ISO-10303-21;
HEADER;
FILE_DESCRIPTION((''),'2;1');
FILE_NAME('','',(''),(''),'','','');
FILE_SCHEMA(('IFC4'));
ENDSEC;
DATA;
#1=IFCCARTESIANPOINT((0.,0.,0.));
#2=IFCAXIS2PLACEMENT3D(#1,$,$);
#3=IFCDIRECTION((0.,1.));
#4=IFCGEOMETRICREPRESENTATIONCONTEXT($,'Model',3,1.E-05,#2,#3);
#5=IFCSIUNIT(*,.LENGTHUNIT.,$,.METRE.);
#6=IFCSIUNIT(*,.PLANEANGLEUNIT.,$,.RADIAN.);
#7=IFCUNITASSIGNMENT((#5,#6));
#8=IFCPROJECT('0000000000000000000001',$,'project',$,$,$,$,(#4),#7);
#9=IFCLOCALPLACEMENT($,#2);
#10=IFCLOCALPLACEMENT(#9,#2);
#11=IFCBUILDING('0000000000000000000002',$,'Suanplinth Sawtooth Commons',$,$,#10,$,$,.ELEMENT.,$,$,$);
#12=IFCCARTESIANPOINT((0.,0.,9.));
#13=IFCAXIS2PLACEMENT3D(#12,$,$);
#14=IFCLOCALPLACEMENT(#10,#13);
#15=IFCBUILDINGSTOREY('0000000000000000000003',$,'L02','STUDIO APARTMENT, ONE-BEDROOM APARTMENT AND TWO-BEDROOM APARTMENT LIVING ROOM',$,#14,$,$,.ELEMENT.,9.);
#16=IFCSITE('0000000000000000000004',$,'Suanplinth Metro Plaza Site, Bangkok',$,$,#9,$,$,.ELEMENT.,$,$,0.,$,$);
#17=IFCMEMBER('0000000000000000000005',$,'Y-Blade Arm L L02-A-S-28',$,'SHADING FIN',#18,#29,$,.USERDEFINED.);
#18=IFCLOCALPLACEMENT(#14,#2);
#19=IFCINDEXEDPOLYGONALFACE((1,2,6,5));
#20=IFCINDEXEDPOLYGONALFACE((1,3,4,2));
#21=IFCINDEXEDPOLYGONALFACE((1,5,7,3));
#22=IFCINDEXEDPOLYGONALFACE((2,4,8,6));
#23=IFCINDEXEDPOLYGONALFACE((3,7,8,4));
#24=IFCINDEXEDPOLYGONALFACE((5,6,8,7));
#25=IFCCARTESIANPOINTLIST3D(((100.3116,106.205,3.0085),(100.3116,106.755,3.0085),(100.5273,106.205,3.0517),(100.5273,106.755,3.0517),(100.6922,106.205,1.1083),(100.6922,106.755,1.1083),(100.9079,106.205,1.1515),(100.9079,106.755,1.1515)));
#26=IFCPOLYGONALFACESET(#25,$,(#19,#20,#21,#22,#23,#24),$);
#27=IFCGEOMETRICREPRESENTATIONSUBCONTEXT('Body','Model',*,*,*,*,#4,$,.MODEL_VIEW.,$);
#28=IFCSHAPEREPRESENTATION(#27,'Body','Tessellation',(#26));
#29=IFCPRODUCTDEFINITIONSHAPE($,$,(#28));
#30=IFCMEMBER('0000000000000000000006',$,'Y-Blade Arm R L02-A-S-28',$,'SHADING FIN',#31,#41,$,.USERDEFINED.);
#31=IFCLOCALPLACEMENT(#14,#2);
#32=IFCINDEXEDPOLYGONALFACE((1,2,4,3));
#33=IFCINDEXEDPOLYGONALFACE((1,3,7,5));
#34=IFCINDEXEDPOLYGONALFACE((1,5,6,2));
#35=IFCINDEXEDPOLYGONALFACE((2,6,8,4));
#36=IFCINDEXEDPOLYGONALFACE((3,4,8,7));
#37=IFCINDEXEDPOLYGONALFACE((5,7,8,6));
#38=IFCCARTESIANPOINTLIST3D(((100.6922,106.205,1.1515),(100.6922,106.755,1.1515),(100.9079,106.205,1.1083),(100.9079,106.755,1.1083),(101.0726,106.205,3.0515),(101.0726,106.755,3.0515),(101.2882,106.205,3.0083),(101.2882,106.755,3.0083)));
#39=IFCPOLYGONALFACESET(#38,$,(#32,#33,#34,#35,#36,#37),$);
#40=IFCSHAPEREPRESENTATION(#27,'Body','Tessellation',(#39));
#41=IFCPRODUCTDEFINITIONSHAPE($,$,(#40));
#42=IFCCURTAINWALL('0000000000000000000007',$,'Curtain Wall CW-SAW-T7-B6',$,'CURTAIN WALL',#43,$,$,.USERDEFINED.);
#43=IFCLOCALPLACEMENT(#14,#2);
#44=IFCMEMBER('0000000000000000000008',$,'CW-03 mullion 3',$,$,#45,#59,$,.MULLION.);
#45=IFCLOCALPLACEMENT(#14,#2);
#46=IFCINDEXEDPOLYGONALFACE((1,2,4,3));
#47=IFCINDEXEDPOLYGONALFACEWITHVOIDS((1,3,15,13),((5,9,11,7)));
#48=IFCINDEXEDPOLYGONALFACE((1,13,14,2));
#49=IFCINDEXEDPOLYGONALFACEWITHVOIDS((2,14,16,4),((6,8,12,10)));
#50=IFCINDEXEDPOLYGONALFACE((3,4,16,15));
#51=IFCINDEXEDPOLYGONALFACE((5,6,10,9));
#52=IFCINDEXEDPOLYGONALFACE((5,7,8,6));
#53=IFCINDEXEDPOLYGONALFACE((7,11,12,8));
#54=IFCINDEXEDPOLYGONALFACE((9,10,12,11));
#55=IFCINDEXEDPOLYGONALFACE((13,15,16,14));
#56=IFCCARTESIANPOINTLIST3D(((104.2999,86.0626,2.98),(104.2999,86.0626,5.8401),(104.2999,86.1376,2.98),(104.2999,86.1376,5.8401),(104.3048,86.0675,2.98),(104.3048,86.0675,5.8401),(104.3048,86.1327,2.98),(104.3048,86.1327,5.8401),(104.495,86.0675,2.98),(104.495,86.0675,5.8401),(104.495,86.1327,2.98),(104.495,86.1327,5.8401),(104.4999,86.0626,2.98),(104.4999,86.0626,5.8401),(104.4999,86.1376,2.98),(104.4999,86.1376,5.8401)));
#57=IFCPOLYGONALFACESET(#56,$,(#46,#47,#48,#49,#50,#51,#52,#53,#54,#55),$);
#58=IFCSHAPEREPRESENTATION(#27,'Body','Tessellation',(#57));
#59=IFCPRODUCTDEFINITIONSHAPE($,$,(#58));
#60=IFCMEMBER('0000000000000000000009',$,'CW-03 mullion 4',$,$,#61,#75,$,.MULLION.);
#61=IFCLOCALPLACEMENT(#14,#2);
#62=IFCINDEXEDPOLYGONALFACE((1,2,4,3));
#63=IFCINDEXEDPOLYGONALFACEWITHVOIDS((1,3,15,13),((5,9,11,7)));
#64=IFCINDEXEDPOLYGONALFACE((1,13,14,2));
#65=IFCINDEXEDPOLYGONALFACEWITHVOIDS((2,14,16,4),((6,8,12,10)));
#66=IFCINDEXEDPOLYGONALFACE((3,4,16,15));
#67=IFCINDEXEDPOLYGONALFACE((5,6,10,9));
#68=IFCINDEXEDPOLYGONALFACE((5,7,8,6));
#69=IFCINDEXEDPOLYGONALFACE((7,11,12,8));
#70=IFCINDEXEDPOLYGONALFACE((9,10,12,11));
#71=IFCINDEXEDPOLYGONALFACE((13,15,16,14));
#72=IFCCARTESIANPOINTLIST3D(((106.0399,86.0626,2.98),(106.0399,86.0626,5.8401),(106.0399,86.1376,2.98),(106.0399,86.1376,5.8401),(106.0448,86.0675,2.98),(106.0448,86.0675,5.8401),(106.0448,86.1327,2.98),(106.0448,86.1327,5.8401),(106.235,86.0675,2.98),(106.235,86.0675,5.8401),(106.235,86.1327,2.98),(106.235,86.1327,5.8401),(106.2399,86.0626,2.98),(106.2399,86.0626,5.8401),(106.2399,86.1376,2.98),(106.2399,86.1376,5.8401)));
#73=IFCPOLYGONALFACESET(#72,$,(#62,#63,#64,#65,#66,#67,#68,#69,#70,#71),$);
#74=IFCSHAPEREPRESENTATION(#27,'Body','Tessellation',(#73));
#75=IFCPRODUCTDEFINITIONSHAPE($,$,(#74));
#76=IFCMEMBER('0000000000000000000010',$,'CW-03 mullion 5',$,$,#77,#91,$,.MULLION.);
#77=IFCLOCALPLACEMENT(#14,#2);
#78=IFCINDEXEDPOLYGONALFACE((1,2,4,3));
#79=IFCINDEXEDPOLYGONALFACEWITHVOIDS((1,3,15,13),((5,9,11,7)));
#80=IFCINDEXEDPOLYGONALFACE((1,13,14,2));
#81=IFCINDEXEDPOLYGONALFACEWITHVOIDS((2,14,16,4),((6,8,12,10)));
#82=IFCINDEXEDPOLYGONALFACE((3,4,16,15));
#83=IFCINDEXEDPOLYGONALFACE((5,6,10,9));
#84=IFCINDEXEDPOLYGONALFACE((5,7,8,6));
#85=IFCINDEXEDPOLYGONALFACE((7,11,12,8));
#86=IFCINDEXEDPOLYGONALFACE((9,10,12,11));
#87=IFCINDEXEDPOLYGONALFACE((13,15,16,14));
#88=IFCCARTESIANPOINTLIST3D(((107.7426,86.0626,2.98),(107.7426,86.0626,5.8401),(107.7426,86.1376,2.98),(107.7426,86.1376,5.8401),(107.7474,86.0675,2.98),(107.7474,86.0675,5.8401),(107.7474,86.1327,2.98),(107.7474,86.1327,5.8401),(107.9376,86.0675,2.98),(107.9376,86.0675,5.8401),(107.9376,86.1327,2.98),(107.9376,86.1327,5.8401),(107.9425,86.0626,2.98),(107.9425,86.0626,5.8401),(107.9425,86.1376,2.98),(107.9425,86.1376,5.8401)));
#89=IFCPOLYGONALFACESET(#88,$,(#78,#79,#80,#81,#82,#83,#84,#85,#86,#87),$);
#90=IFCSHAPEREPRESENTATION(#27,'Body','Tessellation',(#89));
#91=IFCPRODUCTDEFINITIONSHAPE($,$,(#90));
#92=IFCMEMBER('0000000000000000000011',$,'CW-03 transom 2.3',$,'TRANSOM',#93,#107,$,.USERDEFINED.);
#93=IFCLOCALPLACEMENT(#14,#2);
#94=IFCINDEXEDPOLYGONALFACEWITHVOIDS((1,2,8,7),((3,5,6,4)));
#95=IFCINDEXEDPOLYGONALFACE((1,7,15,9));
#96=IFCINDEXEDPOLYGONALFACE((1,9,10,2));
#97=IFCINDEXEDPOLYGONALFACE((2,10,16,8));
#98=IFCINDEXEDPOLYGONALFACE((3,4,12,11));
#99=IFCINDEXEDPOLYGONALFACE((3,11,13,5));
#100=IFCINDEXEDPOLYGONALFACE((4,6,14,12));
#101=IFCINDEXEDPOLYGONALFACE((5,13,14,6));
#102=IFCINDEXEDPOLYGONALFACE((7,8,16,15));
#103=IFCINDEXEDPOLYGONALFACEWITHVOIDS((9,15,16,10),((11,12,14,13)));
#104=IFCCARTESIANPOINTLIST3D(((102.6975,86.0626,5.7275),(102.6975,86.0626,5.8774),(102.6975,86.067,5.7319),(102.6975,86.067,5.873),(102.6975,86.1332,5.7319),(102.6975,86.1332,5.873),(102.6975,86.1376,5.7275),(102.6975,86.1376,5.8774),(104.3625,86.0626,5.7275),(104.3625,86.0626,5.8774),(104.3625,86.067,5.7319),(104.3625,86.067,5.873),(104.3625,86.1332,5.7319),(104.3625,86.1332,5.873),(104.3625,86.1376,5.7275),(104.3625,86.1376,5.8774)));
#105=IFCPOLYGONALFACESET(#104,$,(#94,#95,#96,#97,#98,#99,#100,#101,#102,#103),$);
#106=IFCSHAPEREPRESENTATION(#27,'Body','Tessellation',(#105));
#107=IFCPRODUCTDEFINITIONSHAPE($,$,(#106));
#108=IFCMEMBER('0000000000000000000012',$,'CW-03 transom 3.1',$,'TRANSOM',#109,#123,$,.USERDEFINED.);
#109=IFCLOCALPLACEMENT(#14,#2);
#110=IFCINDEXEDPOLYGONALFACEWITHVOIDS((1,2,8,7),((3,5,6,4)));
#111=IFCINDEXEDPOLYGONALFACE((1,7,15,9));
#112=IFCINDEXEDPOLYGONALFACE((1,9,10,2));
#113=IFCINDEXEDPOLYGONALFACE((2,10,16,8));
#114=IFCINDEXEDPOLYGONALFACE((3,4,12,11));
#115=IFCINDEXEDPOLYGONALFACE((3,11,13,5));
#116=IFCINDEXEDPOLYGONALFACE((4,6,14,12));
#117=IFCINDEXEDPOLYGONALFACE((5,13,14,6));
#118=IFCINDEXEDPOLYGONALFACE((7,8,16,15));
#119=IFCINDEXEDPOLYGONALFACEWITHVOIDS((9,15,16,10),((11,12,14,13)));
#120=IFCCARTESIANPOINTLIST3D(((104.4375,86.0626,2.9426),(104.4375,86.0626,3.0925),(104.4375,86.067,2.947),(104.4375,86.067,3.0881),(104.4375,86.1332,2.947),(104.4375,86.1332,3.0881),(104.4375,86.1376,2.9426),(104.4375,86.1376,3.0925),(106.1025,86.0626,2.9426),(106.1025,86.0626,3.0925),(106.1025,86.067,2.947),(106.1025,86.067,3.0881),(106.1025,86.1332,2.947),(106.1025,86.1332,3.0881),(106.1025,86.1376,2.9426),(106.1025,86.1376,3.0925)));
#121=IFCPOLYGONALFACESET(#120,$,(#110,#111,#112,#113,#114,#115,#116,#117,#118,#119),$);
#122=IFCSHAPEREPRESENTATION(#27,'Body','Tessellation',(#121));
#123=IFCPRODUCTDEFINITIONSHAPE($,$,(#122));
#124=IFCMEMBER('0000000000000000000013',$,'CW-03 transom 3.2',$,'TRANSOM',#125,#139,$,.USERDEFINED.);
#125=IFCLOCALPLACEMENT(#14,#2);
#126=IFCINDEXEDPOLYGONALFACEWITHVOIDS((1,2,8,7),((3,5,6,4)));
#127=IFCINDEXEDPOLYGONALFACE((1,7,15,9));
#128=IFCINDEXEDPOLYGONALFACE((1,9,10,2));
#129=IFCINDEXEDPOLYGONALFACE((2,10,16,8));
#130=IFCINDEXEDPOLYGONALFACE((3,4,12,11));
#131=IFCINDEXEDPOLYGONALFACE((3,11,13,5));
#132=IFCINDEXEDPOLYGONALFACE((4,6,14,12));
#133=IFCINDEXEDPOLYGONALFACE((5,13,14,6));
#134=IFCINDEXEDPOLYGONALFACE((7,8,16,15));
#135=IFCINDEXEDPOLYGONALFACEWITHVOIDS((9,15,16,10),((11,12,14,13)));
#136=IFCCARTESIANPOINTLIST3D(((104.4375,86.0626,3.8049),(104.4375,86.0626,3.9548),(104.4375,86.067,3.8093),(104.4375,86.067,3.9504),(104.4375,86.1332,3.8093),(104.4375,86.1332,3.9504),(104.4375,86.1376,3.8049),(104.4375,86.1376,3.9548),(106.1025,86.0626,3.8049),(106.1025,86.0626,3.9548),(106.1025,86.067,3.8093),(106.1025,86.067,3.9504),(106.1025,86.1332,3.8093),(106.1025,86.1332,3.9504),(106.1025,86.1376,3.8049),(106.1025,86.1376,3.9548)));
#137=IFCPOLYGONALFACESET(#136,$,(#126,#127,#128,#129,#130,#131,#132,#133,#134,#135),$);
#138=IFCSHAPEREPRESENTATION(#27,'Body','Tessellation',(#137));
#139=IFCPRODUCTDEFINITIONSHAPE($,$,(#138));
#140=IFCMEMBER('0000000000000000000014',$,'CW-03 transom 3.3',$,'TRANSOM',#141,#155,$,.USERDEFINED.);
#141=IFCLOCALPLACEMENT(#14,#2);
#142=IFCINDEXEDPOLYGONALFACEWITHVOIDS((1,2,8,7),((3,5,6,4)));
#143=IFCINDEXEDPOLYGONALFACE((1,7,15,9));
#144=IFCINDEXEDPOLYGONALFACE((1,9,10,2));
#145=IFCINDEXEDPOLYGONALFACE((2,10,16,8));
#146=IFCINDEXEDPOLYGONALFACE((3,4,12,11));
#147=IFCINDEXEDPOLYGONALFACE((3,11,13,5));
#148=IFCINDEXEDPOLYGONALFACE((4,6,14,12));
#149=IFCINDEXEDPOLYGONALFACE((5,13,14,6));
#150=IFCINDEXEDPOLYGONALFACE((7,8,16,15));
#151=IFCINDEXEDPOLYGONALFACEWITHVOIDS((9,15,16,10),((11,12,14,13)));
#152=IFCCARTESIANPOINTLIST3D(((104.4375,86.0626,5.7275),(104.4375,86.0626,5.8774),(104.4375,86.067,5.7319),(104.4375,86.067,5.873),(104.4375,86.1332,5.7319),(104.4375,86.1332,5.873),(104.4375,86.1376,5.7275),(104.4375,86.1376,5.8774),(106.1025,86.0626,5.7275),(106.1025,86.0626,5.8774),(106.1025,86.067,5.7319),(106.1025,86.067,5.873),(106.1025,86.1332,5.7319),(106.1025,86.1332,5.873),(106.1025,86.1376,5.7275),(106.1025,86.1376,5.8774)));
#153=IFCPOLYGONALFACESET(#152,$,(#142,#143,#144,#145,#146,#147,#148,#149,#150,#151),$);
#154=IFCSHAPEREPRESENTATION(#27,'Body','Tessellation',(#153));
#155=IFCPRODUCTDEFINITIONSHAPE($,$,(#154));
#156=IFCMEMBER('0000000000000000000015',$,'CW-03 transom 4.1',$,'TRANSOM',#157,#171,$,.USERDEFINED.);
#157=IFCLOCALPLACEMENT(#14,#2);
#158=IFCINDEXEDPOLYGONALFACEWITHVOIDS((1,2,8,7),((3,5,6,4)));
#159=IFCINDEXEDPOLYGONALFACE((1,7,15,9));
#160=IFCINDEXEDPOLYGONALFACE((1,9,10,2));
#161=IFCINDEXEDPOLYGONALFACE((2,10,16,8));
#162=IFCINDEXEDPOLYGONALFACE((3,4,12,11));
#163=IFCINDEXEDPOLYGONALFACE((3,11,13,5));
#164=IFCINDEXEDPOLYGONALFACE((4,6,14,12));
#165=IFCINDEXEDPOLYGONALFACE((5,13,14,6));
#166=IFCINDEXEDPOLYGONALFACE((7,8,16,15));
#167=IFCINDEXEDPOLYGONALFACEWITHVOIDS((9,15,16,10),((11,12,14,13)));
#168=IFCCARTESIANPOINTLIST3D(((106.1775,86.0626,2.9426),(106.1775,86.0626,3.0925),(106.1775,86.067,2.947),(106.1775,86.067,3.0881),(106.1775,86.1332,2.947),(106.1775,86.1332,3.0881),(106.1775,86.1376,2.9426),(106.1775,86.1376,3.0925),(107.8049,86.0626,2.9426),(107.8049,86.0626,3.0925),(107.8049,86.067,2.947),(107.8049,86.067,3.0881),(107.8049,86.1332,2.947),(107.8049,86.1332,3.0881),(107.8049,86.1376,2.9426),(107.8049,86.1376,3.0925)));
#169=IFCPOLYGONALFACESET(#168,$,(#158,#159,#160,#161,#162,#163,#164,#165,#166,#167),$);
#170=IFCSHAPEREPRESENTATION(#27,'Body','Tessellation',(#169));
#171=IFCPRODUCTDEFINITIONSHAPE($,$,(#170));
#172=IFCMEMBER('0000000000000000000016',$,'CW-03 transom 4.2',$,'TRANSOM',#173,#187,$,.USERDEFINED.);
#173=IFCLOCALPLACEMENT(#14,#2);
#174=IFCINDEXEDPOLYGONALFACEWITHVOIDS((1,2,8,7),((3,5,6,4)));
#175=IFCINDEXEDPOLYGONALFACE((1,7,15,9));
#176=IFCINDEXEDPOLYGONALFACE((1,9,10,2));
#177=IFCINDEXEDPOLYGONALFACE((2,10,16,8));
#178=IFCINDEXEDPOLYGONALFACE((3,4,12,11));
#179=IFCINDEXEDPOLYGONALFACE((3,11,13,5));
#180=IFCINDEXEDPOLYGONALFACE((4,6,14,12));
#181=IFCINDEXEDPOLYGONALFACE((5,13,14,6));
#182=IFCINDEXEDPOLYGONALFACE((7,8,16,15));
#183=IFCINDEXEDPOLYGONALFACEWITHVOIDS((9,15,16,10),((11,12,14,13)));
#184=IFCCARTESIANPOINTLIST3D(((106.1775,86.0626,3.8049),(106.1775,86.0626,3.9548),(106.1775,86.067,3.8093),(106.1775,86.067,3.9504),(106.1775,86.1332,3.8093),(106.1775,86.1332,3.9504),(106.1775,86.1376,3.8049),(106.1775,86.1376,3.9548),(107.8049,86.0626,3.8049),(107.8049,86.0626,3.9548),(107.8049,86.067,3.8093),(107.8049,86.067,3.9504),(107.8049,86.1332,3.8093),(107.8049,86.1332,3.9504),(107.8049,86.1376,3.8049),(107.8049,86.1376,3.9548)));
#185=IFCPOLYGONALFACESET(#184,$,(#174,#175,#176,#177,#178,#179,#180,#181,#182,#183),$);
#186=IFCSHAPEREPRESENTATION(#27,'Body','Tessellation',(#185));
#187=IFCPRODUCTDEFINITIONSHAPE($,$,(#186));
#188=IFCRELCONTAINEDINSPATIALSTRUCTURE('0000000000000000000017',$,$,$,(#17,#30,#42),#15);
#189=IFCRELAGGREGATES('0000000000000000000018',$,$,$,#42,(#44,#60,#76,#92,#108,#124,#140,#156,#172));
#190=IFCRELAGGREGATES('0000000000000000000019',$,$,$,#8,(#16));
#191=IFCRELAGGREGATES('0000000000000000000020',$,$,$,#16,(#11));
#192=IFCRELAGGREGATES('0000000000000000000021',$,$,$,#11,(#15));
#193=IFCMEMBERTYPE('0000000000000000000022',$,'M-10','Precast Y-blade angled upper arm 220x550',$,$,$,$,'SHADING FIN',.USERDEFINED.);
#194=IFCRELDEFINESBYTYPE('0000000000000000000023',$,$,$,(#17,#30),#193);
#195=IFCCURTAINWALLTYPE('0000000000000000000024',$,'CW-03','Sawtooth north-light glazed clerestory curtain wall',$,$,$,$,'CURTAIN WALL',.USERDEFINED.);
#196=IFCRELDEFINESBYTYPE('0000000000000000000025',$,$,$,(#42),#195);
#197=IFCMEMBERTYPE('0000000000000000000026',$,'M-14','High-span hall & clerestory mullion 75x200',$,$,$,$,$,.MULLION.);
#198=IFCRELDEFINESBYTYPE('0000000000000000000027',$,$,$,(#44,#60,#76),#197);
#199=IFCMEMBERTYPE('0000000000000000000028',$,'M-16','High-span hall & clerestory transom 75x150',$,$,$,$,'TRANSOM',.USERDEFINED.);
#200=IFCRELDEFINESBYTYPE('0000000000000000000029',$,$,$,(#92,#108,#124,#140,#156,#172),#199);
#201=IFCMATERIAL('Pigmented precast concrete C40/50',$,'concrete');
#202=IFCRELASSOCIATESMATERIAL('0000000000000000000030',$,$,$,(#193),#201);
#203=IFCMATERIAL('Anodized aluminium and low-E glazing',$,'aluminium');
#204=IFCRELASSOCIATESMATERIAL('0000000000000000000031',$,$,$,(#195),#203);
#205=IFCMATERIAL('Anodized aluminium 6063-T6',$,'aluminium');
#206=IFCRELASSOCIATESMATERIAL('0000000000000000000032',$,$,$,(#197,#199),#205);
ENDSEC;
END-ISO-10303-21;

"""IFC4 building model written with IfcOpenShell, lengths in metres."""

from ifc_helpers import new_model, si_unit, direction, frame, origin, origin_2d, place, context, subcontext, project, spatial, rectangle, hollow_rectangle, extrude, material, material_profile, profile_set, type_object, element, aggregate, save


model = new_model("IFC4")

# Units and contexts
model_context = context("Model", 3, precision=1e-05, world=origin(), true_north=direction((0.0, 1.0)))
body_context = subcontext(model_context, "Body", "Model", "MODEL_VIEW")
ifc_project = project(units=[si_unit("LENGTHUNIT", "METRE"), si_unit("PLANEANGLEUNIT", "RADIAN")], contexts=[model_context])

# Site, building, storey
site_placement = place(None, origin())
site = spatial("IfcSite", under=ifc_project, at=site_placement, Name="Suanplinth Metro Plaza Site, Bangkok", CompositionType="ELEMENT", RefElevation=0.0)
building_placement = place(site_placement, origin())
building = spatial("IfcBuilding", under=site, at=building_placement, Name="Suanplinth Sawtooth Commons", CompositionType="ELEMENT")
storey_placement = place(building_placement, frame((0.0, 0.0, 9.0)))
storey = spatial("IfcBuildingStorey", under=building, at=storey_placement, Name="L02", Description="STUDIO APARTMENT, ONE-BEDROOM APARTMENT AND TWO-BEDROOM APARTMENT LIVING ROOM", CompositionType="ELEMENT", Elevation=9.0)

# Members
ifc_material_1 = material(Name="Pigmented precast concrete C40/50", Category="concrete")
ifc_material_profile_1 = material_profile(ifc_material_1, rectangle(XDim=0.22, YDim=0.55, at=origin_2d()), Name="PC-FIN 220x550")
ifc_profile_set_1 = profile_set([ifc_material_profile_1], Name="Pigmented precast concrete C40/50")
member_type_1 = type_object("IfcMemberType", Name="M-10", Description="Precast Y-blade angled upper arm 220x550", ElementType="SHADING FIN", PredefinedType="USERDEFINED", material=ifc_profile_set_1)
member_1_placement = place(storey_placement, frame((100.8, 106.48, 1.1299), z_axis=(-0.196407, 0.0, 0.980522), x_axis=(0.980522, 0.0, 0.196407)))
element("IfcMember", 1, at=member_1_placement, inside=storey, type_object=member_type_1, Name="Y-Blade Arm L L02-A-S-28", ObjectType="SHADING FIN", PredefinedType="USERDEFINED", context=body_context, shape_type="SweptSolid", body=[
    extrude(rectangle(XDim=0.22, YDim=0.55, at=origin_2d()), origin(), (0.0, 0.0, 1.0), 1.938),
])
member_2_placement = place(storey_placement, frame((100.8, 106.48, 1.1299), z_axis=(0.196286, 0.0, 0.980547), x_axis=(-0.980547, 0.0, 0.196286)))
element("IfcMember", 2, at=member_2_placement, inside=storey, type_object=member_type_1, Name="Y-Blade Arm R L02-A-S-28", ObjectType="SHADING FIN", PredefinedType="USERDEFINED", context=body_context, shape_type="SweptSolid", body=[
    extrude(rectangle(XDim=0.22, YDim=0.55, at=origin_2d()), origin(), (0.0, 0.0, 1.0), 1.9377),
])

# Curtain wall, members
ifc_material_2 = material(Name="Anodized aluminium and low-E glazing", Category="aluminium")
curtain_wall_type = type_object("IfcCurtainWallType", Name="CW-03", Description="Sawtooth north-light glazed clerestory curtain wall", ElementType="CURTAIN WALL", PredefinedType="USERDEFINED", material=ifc_material_2)
curtain_wall_placement = place(storey_placement, origin())
curtain_wall = element("IfcCurtainWall", 3, at=curtain_wall_placement, inside=storey, type_object=curtain_wall_type, Name="Curtain Wall CW-SAW-T7-B6", ObjectType="CURTAIN WALL", PredefinedType="USERDEFINED")
ifc_material_3 = material(Name="Anodized aluminium 6063-T6", Category="aluminium")
ifc_material_profile_2 = material_profile(ifc_material_3, hollow_rectangle(XDim=0.075, YDim=0.2, WallThickness=0.0049, at=origin_2d()), Name="ALU-MUL 75x200")
ifc_profile_set_2 = profile_set([ifc_material_profile_2], Name="Anodized aluminium 6063-T6")
member_type_2 = type_object("IfcMemberType", Name="M-14", Description="High-span hall & clerestory mullion 75x200", PredefinedType="MULLION", material=ifc_profile_set_2)
member_3_placement = place(storey_placement, frame((104.3999, 86.1001, 2.98), z_axis=(0.0, 0.0, 1.0), x_axis=(0.0, 1.0, 0.0)))
member_3 = element("IfcMember", 4, at=member_3_placement, type_object=member_type_2, Name="CW-03 mullion 3", PredefinedType="MULLION", context=body_context, shape_type="SweptSolid", body=[
    extrude(hollow_rectangle(XDim=0.075, YDim=0.2, WallThickness=0.0049, at=origin_2d()), origin(), (0.0, 0.0, 1.0), 2.8601),
])
member_4_placement = place(storey_placement, frame((106.1399, 86.1001, 2.98), z_axis=(0.0, 0.0, 1.0), x_axis=(0.0, 1.0, 0.0)))
member_4 = element("IfcMember", 5, at=member_4_placement, type_object=member_type_2, Name="CW-03 mullion 4", PredefinedType="MULLION", context=body_context, shape_type="SweptSolid", body=[
    extrude(hollow_rectangle(XDim=0.075, YDim=0.2, WallThickness=0.0049, at=origin_2d()), origin(), (0.0, 0.0, 1.0), 2.8601),
])
member_5_placement = place(storey_placement, frame((107.8425, 86.1001, 2.98), z_axis=(0.0, 0.0, 1.0), x_axis=(0.0, 1.0, 0.0)))
member_5 = element("IfcMember", 6, at=member_5_placement, type_object=member_type_2, Name="CW-03 mullion 5", PredefinedType="MULLION", context=body_context, shape_type="SweptSolid", body=[
    extrude(hollow_rectangle(XDim=0.075, YDim=0.2, WallThickness=0.0049, at=origin_2d()), origin(), (0.0, 0.0, 1.0), 2.8601),
])
ifc_material_profile_3 = material_profile(ifc_material_3, hollow_rectangle(XDim=0.075, YDim=0.1499, WallThickness=0.0044, at=origin_2d()), Name="ALU-TRN 75x150")
ifc_profile_set_3 = profile_set([ifc_material_profile_3], Name="Anodized aluminium 6063-T6")
member_type_3 = type_object("IfcMemberType", Name="M-16", Description="High-span hall & clerestory transom 75x150", ElementType="TRANSOM", PredefinedType="USERDEFINED", material=ifc_profile_set_3)
member_6_placement = place(storey_placement, frame((102.6975, 86.1001, 5.8025), z_axis=(1.0, 0.0, 0.0), x_axis=(0.0, 1.0, 0.0)))
member_6 = element("IfcMember", 7, at=member_6_placement, type_object=member_type_3, Name="CW-03 transom 2.3", ObjectType="TRANSOM", PredefinedType="USERDEFINED", context=body_context, shape_type="SweptSolid", body=[
    extrude(hollow_rectangle(XDim=0.075, YDim=0.1499, WallThickness=0.0044, at=origin_2d()), origin(), (0.0, 0.0, 1.0), 1.665),
])
member_7_placement = place(storey_placement, frame((104.4375, 86.1001, 3.0176), z_axis=(1.0, 0.0, 0.0), x_axis=(0.0, 1.0, 0.0)))
member_7 = element("IfcMember", 8, at=member_7_placement, type_object=member_type_3, Name="CW-03 transom 3.1", ObjectType="TRANSOM", PredefinedType="USERDEFINED", context=body_context, shape_type="SweptSolid", body=[
    extrude(hollow_rectangle(XDim=0.075, YDim=0.1499, WallThickness=0.0044, at=origin_2d()), origin(), (0.0, 0.0, 1.0), 1.665),
])
member_8_placement = place(storey_placement, frame((104.4375, 86.1001, 3.8799), z_axis=(1.0, 0.0, 0.0), x_axis=(0.0, 1.0, 0.0)))
member_8 = element("IfcMember", 9, at=member_8_placement, type_object=member_type_3, Name="CW-03 transom 3.2", ObjectType="TRANSOM", PredefinedType="USERDEFINED", context=body_context, shape_type="SweptSolid", body=[
    extrude(hollow_rectangle(XDim=0.075, YDim=0.1499, WallThickness=0.0044, at=origin_2d()), origin(), (0.0, 0.0, 1.0), 1.665),
])
member_9_placement = place(storey_placement, frame((104.4375, 86.1001, 5.8025), z_axis=(1.0, 0.0, 0.0), x_axis=(0.0, 1.0, 0.0)))
member_9 = element("IfcMember", 10, at=member_9_placement, type_object=member_type_3, Name="CW-03 transom 3.3", ObjectType="TRANSOM", PredefinedType="USERDEFINED", context=body_context, shape_type="SweptSolid", body=[
    extrude(hollow_rectangle(XDim=0.075, YDim=0.1499, WallThickness=0.0044, at=origin_2d()), origin(), (0.0, 0.0, 1.0), 1.665),
])
member_10_placement = place(storey_placement, frame((106.1775, 86.1001, 3.0176), z_axis=(1.0, 0.0, 0.0), x_axis=(0.0, 1.0, 0.0)))
member_10 = element("IfcMember", 11, at=member_10_placement, type_object=member_type_3, Name="CW-03 transom 4.1", ObjectType="TRANSOM", PredefinedType="USERDEFINED", context=body_context, shape_type="SweptSolid", body=[
    extrude(hollow_rectangle(XDim=0.075, YDim=0.1499, WallThickness=0.0044, at=origin_2d()), origin(), (0.0, 0.0, 1.0), 1.6274),
])
member_11_placement = place(storey_placement, frame((106.1775, 86.1001, 3.8799), z_axis=(1.0, 0.0, 0.0), x_axis=(0.0, 1.0, 0.0)))
member_11 = element("IfcMember", 12, at=member_11_placement, type_object=member_type_3, Name="CW-03 transom 4.2", ObjectType="TRANSOM", PredefinedType="USERDEFINED", context=body_context, shape_type="SweptSolid", body=[
    extrude(hollow_rectangle(XDim=0.075, YDim=0.1499, WallThickness=0.0044, at=origin_2d()), origin(), (0.0, 0.0, 1.0), 1.6274),
])

aggregate(curtain_wall, [member_3, member_4, member_5, member_6, member_7, member_8, member_9, member_10, member_11])

save(model, "model.ifc")
